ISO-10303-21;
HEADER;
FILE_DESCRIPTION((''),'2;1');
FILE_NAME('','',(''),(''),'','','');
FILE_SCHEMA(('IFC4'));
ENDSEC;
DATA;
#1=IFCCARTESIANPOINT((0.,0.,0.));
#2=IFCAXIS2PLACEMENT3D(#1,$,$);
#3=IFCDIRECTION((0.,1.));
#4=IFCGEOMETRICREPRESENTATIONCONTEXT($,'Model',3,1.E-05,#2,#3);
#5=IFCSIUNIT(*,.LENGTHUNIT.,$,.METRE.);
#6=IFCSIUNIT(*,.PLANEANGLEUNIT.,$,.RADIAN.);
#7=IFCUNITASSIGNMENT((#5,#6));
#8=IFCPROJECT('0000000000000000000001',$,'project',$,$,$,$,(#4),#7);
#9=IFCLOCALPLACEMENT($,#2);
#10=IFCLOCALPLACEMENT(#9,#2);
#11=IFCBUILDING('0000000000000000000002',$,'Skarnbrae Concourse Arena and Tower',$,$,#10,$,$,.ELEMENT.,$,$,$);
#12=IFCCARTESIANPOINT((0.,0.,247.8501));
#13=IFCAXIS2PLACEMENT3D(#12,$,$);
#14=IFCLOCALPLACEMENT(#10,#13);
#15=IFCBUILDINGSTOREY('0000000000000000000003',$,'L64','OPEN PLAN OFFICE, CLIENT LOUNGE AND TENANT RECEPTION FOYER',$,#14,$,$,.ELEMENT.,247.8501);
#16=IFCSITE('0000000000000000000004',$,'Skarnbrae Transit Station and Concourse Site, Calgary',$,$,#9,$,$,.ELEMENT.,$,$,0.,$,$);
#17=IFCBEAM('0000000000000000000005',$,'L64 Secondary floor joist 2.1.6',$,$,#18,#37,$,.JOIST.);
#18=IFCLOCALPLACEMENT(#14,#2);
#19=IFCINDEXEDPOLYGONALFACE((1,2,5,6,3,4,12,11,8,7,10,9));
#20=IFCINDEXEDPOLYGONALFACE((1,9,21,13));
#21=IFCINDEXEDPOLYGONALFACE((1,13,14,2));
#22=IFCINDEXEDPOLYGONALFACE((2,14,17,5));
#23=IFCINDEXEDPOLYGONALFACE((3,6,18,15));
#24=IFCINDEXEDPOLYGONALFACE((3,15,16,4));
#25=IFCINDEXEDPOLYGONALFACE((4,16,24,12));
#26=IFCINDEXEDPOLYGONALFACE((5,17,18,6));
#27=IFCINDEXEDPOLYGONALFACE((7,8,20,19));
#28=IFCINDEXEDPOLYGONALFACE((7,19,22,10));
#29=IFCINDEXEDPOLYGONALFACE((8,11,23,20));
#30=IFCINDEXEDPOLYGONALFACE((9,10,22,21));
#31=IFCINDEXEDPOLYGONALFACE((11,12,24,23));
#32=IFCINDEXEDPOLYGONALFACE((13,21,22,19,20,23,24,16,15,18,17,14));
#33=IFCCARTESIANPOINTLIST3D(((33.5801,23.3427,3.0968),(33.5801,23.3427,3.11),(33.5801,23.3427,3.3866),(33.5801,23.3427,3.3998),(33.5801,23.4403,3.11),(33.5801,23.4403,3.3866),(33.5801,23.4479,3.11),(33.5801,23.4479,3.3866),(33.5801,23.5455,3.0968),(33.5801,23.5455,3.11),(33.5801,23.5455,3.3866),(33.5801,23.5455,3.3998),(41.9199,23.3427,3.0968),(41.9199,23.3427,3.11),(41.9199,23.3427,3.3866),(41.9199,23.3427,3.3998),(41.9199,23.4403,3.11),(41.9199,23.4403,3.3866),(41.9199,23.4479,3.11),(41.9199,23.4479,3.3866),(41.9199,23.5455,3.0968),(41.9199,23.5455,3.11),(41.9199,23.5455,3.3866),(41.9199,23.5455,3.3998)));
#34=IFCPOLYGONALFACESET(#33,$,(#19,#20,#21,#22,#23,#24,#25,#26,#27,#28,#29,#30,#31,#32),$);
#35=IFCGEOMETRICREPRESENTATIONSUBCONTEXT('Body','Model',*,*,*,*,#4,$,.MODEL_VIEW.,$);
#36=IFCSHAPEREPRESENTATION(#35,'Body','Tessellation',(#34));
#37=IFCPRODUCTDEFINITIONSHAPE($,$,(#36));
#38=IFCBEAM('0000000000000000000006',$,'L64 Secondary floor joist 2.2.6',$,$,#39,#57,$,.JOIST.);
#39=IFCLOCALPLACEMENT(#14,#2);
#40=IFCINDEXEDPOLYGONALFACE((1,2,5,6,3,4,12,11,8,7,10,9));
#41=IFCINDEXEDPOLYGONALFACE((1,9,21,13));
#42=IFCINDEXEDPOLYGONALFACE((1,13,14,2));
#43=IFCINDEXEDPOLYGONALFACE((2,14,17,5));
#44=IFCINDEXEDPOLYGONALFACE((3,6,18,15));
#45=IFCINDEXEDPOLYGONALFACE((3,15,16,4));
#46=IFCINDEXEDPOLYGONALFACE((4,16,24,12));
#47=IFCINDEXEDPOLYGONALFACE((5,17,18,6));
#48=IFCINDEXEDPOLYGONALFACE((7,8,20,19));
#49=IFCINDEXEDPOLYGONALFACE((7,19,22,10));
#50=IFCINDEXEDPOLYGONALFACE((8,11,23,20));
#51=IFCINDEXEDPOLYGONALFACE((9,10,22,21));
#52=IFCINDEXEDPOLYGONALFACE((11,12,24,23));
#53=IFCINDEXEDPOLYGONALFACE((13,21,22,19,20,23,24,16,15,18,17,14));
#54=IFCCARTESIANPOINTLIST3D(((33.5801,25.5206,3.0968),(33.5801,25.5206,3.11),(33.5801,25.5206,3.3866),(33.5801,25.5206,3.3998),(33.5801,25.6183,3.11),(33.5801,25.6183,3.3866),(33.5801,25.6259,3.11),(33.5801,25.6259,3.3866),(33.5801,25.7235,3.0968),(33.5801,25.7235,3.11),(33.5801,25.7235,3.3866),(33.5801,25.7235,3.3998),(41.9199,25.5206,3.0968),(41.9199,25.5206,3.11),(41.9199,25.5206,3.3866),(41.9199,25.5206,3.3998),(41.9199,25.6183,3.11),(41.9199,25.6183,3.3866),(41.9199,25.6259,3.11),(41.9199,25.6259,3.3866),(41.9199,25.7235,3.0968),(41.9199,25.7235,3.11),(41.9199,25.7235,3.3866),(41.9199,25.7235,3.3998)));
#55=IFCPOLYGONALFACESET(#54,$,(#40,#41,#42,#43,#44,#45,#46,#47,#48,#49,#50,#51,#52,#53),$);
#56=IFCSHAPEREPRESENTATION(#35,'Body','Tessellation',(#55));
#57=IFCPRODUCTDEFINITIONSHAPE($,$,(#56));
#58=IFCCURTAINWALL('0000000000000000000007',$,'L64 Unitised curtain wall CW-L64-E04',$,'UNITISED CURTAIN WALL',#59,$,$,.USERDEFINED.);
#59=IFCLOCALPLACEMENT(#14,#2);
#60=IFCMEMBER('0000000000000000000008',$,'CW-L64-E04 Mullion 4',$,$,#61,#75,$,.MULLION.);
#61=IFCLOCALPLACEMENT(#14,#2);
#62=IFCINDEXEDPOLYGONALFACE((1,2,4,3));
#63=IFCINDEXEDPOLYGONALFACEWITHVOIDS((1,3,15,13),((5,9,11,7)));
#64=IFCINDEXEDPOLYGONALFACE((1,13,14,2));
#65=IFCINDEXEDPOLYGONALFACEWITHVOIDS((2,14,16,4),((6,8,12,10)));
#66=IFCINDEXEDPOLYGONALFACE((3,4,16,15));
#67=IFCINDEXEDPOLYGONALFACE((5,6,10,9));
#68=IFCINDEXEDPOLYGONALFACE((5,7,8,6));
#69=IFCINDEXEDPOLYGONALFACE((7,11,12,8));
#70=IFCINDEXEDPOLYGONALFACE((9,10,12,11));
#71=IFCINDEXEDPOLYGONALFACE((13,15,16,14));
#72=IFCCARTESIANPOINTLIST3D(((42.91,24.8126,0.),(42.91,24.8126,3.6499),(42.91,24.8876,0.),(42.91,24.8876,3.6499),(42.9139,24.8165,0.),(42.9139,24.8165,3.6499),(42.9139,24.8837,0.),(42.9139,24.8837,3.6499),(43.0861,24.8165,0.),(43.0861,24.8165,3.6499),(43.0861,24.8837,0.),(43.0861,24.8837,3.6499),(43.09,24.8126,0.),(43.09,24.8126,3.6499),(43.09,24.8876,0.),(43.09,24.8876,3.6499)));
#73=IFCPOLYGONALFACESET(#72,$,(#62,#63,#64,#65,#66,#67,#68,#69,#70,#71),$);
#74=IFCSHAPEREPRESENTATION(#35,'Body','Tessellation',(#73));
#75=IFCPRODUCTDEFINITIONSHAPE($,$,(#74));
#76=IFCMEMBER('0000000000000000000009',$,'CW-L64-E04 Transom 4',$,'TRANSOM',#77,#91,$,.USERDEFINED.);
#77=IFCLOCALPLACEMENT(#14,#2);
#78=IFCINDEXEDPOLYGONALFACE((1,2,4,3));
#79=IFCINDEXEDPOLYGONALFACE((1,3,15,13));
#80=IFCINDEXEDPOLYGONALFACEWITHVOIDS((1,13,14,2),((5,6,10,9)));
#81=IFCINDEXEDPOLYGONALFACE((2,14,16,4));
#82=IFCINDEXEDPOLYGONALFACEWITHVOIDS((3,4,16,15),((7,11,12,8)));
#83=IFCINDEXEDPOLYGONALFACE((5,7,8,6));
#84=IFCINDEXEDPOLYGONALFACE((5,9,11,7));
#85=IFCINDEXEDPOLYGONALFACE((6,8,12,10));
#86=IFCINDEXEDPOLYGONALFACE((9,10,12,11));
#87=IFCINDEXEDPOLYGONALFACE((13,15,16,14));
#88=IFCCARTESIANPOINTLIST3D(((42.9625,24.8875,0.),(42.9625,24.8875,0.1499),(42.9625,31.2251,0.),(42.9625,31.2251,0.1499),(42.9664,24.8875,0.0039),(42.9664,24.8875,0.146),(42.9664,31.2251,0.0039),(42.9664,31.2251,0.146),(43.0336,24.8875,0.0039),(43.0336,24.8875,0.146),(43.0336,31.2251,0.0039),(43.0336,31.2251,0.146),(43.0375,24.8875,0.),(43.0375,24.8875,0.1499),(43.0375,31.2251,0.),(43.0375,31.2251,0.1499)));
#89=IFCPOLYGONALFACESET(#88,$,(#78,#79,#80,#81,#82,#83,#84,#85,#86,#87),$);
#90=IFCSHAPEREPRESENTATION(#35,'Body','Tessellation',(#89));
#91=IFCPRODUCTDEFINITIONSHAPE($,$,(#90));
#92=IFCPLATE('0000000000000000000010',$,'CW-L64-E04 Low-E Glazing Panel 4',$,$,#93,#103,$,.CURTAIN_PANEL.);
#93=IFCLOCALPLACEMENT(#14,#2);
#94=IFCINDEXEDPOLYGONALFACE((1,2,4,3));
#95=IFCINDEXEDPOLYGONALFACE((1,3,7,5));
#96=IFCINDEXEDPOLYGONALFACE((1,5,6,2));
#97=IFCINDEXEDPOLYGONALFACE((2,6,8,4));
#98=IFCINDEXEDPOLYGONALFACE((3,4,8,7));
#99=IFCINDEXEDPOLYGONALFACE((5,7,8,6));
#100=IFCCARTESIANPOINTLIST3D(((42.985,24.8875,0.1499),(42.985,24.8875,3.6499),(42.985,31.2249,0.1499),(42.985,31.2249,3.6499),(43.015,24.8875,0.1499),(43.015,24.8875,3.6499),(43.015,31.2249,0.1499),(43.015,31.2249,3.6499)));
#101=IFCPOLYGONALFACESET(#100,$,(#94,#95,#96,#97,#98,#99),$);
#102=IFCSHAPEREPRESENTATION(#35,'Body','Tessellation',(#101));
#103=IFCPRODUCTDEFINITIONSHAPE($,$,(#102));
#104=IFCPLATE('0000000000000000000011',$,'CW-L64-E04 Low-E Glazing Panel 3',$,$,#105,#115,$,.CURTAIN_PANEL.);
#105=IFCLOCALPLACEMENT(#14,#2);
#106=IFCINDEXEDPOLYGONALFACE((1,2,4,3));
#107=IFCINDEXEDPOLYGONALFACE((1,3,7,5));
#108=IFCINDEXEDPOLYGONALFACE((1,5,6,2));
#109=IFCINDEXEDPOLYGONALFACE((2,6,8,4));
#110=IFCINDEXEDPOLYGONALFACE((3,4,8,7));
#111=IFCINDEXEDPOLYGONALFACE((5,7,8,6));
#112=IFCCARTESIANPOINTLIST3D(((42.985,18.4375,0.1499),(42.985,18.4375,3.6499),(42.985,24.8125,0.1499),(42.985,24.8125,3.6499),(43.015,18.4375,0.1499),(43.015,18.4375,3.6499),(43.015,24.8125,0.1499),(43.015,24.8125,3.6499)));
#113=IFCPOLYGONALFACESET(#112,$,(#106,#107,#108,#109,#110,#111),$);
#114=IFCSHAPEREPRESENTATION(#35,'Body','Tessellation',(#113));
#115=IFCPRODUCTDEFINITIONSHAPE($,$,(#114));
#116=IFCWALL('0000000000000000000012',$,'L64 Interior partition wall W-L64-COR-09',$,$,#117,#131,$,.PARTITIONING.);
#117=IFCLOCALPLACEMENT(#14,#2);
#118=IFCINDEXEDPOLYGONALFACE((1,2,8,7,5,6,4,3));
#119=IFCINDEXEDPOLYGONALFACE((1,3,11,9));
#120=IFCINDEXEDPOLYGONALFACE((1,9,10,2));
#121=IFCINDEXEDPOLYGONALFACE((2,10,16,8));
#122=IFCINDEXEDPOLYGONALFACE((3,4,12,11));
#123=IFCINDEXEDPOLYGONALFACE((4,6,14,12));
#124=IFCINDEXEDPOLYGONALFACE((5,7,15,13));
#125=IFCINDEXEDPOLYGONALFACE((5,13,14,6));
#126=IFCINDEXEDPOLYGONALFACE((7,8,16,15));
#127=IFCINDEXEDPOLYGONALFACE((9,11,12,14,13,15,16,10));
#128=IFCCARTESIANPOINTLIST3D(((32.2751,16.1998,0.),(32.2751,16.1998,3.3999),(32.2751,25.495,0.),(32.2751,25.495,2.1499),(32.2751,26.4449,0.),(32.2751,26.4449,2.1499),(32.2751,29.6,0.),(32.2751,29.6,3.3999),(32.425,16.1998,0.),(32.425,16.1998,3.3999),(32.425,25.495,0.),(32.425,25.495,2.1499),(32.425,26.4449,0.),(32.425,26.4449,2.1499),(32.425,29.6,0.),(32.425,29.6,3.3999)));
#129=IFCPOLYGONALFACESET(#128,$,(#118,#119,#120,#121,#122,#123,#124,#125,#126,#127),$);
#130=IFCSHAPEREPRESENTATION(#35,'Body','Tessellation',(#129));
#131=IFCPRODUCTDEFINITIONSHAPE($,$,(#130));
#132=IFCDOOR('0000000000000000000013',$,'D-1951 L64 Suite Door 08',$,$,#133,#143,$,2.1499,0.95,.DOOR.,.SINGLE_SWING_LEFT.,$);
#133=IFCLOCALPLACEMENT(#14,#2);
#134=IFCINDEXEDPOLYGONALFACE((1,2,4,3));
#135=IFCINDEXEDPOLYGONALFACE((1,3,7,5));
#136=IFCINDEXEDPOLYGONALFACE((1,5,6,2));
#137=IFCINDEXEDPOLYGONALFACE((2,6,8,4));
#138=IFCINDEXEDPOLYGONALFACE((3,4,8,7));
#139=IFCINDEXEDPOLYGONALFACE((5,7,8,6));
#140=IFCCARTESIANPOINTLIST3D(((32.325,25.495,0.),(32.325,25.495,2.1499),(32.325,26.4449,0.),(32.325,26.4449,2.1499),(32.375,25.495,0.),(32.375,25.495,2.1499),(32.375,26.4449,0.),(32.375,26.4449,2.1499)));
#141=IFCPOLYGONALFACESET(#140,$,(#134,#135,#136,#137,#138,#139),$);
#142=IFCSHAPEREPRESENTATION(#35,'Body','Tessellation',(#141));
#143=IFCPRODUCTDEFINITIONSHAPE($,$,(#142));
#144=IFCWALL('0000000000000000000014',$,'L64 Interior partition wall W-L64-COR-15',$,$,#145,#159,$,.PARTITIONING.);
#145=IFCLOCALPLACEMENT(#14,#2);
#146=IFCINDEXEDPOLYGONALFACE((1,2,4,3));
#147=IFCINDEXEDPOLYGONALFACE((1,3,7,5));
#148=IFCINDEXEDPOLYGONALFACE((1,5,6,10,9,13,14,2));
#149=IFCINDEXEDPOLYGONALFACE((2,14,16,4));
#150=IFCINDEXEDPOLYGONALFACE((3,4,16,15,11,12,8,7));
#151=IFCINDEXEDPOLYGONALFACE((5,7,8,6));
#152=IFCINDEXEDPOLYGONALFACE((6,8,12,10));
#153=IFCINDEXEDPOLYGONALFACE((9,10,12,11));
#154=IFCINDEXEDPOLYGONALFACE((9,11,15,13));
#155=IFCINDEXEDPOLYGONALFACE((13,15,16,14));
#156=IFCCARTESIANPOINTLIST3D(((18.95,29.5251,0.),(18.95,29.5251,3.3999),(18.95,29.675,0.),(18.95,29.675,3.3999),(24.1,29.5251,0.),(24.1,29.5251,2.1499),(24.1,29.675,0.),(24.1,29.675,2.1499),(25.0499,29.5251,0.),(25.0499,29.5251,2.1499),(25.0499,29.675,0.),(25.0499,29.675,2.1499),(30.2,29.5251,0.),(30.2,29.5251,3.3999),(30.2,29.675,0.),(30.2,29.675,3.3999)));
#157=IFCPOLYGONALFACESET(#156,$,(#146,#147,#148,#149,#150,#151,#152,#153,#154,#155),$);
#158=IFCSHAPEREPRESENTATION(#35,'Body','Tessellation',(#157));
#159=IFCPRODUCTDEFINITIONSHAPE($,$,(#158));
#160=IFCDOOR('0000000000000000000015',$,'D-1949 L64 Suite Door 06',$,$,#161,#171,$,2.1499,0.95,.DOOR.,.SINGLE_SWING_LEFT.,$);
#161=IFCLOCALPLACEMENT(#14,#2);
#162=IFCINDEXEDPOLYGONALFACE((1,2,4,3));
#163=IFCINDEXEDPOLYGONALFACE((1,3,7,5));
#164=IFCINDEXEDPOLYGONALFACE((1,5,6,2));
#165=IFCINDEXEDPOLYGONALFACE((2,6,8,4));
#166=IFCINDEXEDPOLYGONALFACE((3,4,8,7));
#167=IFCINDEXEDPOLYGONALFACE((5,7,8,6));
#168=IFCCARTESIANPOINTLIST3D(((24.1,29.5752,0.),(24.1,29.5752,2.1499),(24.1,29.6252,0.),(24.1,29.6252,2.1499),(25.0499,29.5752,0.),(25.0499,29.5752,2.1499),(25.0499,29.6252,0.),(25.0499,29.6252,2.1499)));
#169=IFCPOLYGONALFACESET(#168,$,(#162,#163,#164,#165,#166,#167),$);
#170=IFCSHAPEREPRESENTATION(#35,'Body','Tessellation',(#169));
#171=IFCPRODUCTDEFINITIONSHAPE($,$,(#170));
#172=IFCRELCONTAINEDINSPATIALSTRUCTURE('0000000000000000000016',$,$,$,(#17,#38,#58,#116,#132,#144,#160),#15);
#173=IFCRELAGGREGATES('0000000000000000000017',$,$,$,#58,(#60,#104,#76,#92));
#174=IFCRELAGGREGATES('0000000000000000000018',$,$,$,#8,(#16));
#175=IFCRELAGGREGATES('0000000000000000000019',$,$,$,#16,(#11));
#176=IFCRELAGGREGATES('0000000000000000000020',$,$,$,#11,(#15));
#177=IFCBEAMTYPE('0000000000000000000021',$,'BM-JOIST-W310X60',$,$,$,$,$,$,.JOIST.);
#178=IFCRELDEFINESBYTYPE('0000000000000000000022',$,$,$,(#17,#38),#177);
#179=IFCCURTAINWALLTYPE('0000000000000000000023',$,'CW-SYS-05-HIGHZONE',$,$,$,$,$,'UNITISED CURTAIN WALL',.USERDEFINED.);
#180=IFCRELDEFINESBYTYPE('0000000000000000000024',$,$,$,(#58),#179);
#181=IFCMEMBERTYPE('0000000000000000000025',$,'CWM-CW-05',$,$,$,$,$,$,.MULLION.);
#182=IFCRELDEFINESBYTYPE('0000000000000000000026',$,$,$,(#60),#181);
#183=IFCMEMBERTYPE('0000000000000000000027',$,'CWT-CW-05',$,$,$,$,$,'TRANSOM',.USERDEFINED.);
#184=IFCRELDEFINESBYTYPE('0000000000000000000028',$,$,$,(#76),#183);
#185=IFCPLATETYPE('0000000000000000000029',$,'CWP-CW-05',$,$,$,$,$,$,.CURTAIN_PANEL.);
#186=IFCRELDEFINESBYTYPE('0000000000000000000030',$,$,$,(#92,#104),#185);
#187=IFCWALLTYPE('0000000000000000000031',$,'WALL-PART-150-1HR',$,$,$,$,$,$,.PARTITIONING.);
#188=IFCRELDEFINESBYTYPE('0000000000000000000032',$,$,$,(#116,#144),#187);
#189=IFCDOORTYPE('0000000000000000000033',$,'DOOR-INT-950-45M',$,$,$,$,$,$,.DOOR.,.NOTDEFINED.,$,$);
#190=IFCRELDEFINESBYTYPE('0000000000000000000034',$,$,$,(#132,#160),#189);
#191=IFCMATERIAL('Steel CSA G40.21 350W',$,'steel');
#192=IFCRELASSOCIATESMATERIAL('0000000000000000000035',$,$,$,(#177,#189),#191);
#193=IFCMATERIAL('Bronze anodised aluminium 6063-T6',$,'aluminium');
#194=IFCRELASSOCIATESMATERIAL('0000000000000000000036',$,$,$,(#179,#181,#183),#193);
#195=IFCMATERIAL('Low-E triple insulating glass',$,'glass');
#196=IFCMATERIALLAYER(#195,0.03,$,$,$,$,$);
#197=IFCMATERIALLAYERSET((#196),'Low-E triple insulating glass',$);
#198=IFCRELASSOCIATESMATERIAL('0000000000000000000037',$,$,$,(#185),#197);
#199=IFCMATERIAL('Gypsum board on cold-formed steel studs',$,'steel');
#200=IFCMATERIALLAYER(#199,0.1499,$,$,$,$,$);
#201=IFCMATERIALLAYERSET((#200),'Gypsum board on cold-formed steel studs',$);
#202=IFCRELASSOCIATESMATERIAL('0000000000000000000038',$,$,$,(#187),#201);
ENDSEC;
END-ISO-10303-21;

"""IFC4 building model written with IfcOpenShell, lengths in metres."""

from ifc_helpers import new_model, si_unit, direction, frame, frame_2d, origin, origin_2d, place, context, subcontext, project, spatial, rectangle, hollow_rectangle, i_section, extrude, source, transform, mapped, material, layer, layer_set, material_profile, profile_set, type_object, element, fill, aggregate, save


model = new_model("IFC4")

# Units and contexts
model_context = context("Model", 3, precision=1e-05, world=origin(), true_north=direction((0.0, 1.0)))
body_context = subcontext(model_context, "Body", "Model", "MODEL_VIEW")
ifc_project = project(units=[si_unit("LENGTHUNIT", "METRE"), si_unit("PLANEANGLEUNIT", "RADIAN")], contexts=[model_context])

# Site, building, storey
site_placement = place(None, origin())
site = spatial("IfcSite", under=ifc_project, at=site_placement, Name="Skarnbrae Transit Station and Concourse Site, Calgary", CompositionType="ELEMENT", RefElevation=0.0)
building_placement = place(site_placement, origin())
building = spatial("IfcBuilding", under=site, at=building_placement, Name="Skarnbrae Concourse Arena and Tower", CompositionType="ELEMENT")
storey_placement = place(building_placement, frame((0.0, 0.0, 247.8501)))
storey = spatial("IfcBuildingStorey", under=building, at=storey_placement, Name="L64", Description="OPEN PLAN OFFICE, CLIENT LOUNGE AND TENANT RECEPTION FOYER", CompositionType="ELEMENT", Elevation=247.8501)

# Shared definitions
ifc_material_1 = material(Name="Steel CSA G40.21 350W", Category="steel")

# Beams
ifc_material_profile_1 = material_profile(ifc_material_1, i_section(OverallWidth=0.2029, OverallDepth=0.303, WebThickness=0.0076, FlangeThickness=0.0132, at=origin_2d()), Name="W310X60")
ifc_profile_set_1 = profile_set([ifc_material_profile_1], Name="Steel CSA G40.21 350W")
beam_type_1 = type_object("IfcBeamType", Name="BM-JOIST-W310X60", PredefinedType="JOIST", material=ifc_profile_set_1)
shared_shape_1 = source(origin(), body_context, "Body", "SweptSolid", [
    extrude(i_section(OverallWidth=0.2029, OverallDepth=0.303, WebThickness=0.0076, FlangeThickness=0.0132, at=origin_2d()), origin(), (0.0, 0.0, 1.0), 8.3398),
])
for number, where, z_axis, x_axis, name in (
    (1, (33.5801, 23.4441, 3.2483), (1.0, 0.0, 0.0), (0.0, 1.0, 0.0), "L64 Secondary floor joist 2.1.6"),
    (2, (33.5801, 25.6221, 3.2483), (1.0, 0.0, 0.0), (0.0, 1.0, 0.0), "L64 Secondary floor joist 2.2.6"),
):
    element("IfcBeam", number, at=place(storey_placement, frame(where, z_axis=z_axis, x_axis=x_axis)), inside=storey, type_object=beam_type_1, Name=name, PredefinedType="JOIST", context=body_context, shape_type="MappedRepresentation", body=[
        mapped(shared_shape_1, transform((0.0, 0.0, 0.0))),
    ])

# Curtain wall, members, plates
ifc_material_2 = material(Name="Bronze anodised aluminium 6063-T6", Category="aluminium")
curtain_wall_type = type_object("IfcCurtainWallType", Name="CW-SYS-05-HIGHZONE", ElementType="UNITISED CURTAIN WALL", PredefinedType="USERDEFINED", material=ifc_material_2)
curtain_wall_placement = place(storey_placement, origin())
curtain_wall = element("IfcCurtainWall", 3, at=curtain_wall_placement, inside=storey, type_object=curtain_wall_type, Name="L64 Unitised curtain wall CW-L64-E04", ObjectType="UNITISED CURTAIN WALL", PredefinedType="USERDEFINED")
ifc_material_profile_2 = material_profile(ifc_material_2, hollow_rectangle(XDim=0.075, YDim=0.1799, WallThickness=0.0039, at=origin_2d()), Name="ALU-MULL-75X180")
ifc_profile_set_2 = profile_set([ifc_material_profile_2], Name="Bronze anodised aluminium 6063-T6")
member_type_1 = type_object("IfcMemberType", Name="CWM-CW-05", PredefinedType="MULLION", material=ifc_profile_set_2)
shared_shape_2 = source(origin(), body_context, "Body", "SweptSolid", [
    extrude(hollow_rectangle(XDim=0.075, YDim=0.1799, WallThickness=0.0039, at=origin_2d()), origin(), (0.0, 0.0, 1.0), 3.6499),
])
member_1_placement = place(storey_placement, frame((43.0, 24.8501, 0.0), z_axis=(0.0, 0.0, 1.0), x_axis=(0.0, 1.0, 0.0)))
member_1 = element("IfcMember", 4, at=member_1_placement, type_object=member_type_1, Name="CW-L64-E04 Mullion 4", PredefinedType="MULLION", context=body_context, shape_type="MappedRepresentation", body=[
    mapped(shared_shape_2, transform((0.0, 0.0, 0.0))),
])
ifc_material_profile_3 = material_profile(ifc_material_2, hollow_rectangle(XDim=0.075, YDim=0.1499, WallThickness=0.0039, at=origin_2d()), Name="ALU-TRAN-75X150")
ifc_profile_set_3 = profile_set([ifc_material_profile_3], Name="Bronze anodised aluminium 6063-T6")
member_type_2 = type_object("IfcMemberType", Name="CWT-CW-05", ElementType="TRANSOM", PredefinedType="USERDEFINED", material=ifc_profile_set_3)
shared_shape_3 = source(origin(), body_context, "Body", "SweptSolid", [
    extrude(hollow_rectangle(XDim=0.075, YDim=0.1499, WallThickness=0.0039, at=origin_2d()), origin(), (0.0, 0.0, 1.0), 6.3376),
])
member_2_placement = place(storey_placement, frame((43.0, 24.8875, 0.075), z_axis=(0.0, 1.0, 0.0), x_axis=(-1.0, 0.0, 0.0)))
member_2 = element("IfcMember", 5, at=member_2_placement, type_object=member_type_2, Name="CW-L64-E04 Transom 4", ObjectType="TRANSOM", PredefinedType="USERDEFINED", context=body_context, shape_type="MappedRepresentation", body=[
    mapped(shared_shape_3, transform((0.0, 0.0, 0.0))),
])
ifc_material_3 = material(Name="Low-E triple insulating glass", Category="glass")
ifc_layer_1 = layer(ifc_material_3, 0.03)
ifc_layer_set_1 = layer_set([ifc_layer_1], Name="Low-E triple insulating glass")
plate_type = type_object("IfcPlateType", Name="CWP-CW-05", PredefinedType="CURTAIN_PANEL", material=ifc_layer_set_1)
shared_shape_4 = source(origin(), body_context, "Body", "SweptSolid", [
    extrude(rectangle(XDim=6.3374, YDim=0.03, at=origin_2d()), origin(), (0.0, 0.0, 1.0), 3.5),
])
plate_1_placement = place(storey_placement, frame((43.0, 28.0562, 0.1499), z_axis=(0.0, 0.0, 1.0), x_axis=(0.0, 1.0, 0.0)))
plate_1 = element("IfcPlate", 6, at=plate_1_placement, type_object=plate_type, Name="CW-L64-E04 Low-E Glazing Panel 4", PredefinedType="CURTAIN_PANEL", context=body_context, shape_type="MappedRepresentation", body=[
    mapped(shared_shape_4, transform((0.0, 0.0, 0.0))),
])
shared_shape_5 = source(origin(), body_context, "Body", "SweptSolid", [
    extrude(rectangle(XDim=6.375, YDim=0.03, at=origin_2d()), origin(), (0.0, 0.0, 1.0), 3.5),
])
plate_2_placement = place(storey_placement, frame((43.0, 21.625, 0.1499), z_axis=(0.0, 0.0, 1.0), x_axis=(0.0, 1.0, 0.0)))
plate_2 = element("IfcPlate", 7, at=plate_2_placement, type_object=plate_type, Name="CW-L64-E04 Low-E Glazing Panel 3", PredefinedType="CURTAIN_PANEL", context=body_context, shape_type="MappedRepresentation", body=[
    mapped(shared_shape_5, transform((0.0, 0.0, 0.0))),
])
aggregate(curtain_wall, [member_1, plate_2, member_2, plate_1])

# Walls, openings, doors
ifc_material_4 = material(Name="Gypsum board on cold-formed steel studs", Category="steel")
ifc_layer_2 = layer(ifc_material_4, 0.1499)
ifc_layer_set_2 = layer_set([ifc_layer_2], Name="Gypsum board on cold-formed steel studs")
wall_type_1 = type_object("IfcWallType", Name="WALL-PART-150-1HR", PredefinedType="PARTITIONING", material=ifc_layer_set_2)
shared_shape_6 = source(origin(), body_context, "Body", "SweptSolid", [
    extrude(rectangle(XDim=13.4001, YDim=0.1499, at=frame_2d((6.7002, 0.0))), origin(), (0.0, 0.0, 1.0), 3.3999),
])
wall_1_placement = place(storey_placement, frame((32.3501, 29.6001, 0.0), z_axis=(0.0, 0.0, 1.0), x_axis=(0.0, -1.0, 0.0)))
wall_1 = element("IfcWall", 8, at=wall_1_placement, inside=storey, type_object=wall_type_1, Name="L64 Interior partition wall W-L64-COR-09", PredefinedType="PARTITIONING", context=body_context, shape_type="MappedRepresentation", body=[
    mapped(shared_shape_6, transform((0.0, 0.0, 0.0))),
])
opening_1_placement = place(wall_1_placement, frame((3.155, 0.0, 0.0)))
opening_1 = element("IfcOpeningElement", 9, at=opening_1_placement, cuts=wall_1, PredefinedType="OPENING", context=body_context, shape_type="SweptSolid", body=[
    extrude(rectangle(XDim=0.95, YDim=2.1499, at=frame_2d((0.4751, 1.075))), frame((0.0, 0.085, 0.0), z_axis=(0.0, -1.0, 0.0), x_axis=(1.0, 0.0, 0.0)), (0.0, 0.0, 1.0), 0.1699),
])
door_type = type_object("IfcDoorType", Name="DOOR-INT-950-45M", OperationType="NOTDEFINED", PredefinedType="DOOR", material=ifc_material_1)
shared_shape_7 = source(origin(), body_context, "Body", "SweptSolid", [
    extrude(rectangle(XDim=0.95, YDim=2.1499, at=frame_2d((0.4751, 1.075))), frame((0.0, 0.0249, 0.0), z_axis=(0.0, -1.0, 0.0), x_axis=(1.0, 0.0, 0.0)), (0.0, 0.0, 1.0), 0.05),
])
door_1_placement = place(opening_1_placement, origin())
door_1 = element("IfcDoor", 10, at=door_1_placement, inside=storey, type_object=door_type, Name="D-1951 L64 Suite Door 08", OperationType="SINGLE_SWING_LEFT", OverallHeight=2.1499, OverallWidth=0.95, PredefinedType="DOOR", context=body_context, shape_type="MappedRepresentation", body=[
    mapped(shared_shape_7, transform((0.0, 0.0, 0.0))),
])
fill(opening_1, door_1)
shared_shape_8 = source(origin(), body_context, "Body", "SweptSolid", [
    extrude(rectangle(XDim=11.25, YDim=0.1499, at=frame_2d((5.625, 0.0))), origin(), (0.0, 0.0, 1.0), 3.3999),
])
wall_2_placement = place(storey_placement, frame((30.2, 29.6001, 0.0), z_axis=(0.0, 0.0, 1.0), x_axis=(-1.0, 0.0, 0.0)))
wall_2 = element("IfcWall", 11, at=wall_2_placement, inside=storey, type_object=wall_type_1, Name="L64 Interior partition wall W-L64-COR-15", PredefinedType="PARTITIONING", context=body_context, shape_type="MappedRepresentation", body=[
    mapped(shared_shape_8, transform((0.0, 0.0, 0.0))),
])
opening_2_placement = place(wall_2_placement, frame((5.1499, 0.0, 0.0)))
opening_2 = element("IfcOpeningElement", 12, at=opening_2_placement, cuts=wall_2, PredefinedType="OPENING", context=body_context, shape_type="SweptSolid", body=[
    extrude(rectangle(XDim=0.95, YDim=2.1499, at=frame_2d((0.4751, 1.075))), frame((0.0, 0.085, 0.0), z_axis=(0.0, -1.0, 0.0), x_axis=(1.0, 0.0, 0.0)), (0.0, 0.0, 1.0), 0.1699),
])
door_2_placement = place(opening_2_placement, origin())
door_2 = element("IfcDoor", 13, at=door_2_placement, inside=storey, type_object=door_type, Name="D-1949 L64 Suite Door 06", OperationType="SINGLE_SWING_LEFT", OverallHeight=2.1499, OverallWidth=0.95, PredefinedType="DOOR", context=body_context, shape_type="MappedRepresentation", body=[
    mapped(shared_shape_7, transform((0.0, 0.0, 0.0))),
])
fill(opening_2, door_2)

save(model, "model.ifc")
